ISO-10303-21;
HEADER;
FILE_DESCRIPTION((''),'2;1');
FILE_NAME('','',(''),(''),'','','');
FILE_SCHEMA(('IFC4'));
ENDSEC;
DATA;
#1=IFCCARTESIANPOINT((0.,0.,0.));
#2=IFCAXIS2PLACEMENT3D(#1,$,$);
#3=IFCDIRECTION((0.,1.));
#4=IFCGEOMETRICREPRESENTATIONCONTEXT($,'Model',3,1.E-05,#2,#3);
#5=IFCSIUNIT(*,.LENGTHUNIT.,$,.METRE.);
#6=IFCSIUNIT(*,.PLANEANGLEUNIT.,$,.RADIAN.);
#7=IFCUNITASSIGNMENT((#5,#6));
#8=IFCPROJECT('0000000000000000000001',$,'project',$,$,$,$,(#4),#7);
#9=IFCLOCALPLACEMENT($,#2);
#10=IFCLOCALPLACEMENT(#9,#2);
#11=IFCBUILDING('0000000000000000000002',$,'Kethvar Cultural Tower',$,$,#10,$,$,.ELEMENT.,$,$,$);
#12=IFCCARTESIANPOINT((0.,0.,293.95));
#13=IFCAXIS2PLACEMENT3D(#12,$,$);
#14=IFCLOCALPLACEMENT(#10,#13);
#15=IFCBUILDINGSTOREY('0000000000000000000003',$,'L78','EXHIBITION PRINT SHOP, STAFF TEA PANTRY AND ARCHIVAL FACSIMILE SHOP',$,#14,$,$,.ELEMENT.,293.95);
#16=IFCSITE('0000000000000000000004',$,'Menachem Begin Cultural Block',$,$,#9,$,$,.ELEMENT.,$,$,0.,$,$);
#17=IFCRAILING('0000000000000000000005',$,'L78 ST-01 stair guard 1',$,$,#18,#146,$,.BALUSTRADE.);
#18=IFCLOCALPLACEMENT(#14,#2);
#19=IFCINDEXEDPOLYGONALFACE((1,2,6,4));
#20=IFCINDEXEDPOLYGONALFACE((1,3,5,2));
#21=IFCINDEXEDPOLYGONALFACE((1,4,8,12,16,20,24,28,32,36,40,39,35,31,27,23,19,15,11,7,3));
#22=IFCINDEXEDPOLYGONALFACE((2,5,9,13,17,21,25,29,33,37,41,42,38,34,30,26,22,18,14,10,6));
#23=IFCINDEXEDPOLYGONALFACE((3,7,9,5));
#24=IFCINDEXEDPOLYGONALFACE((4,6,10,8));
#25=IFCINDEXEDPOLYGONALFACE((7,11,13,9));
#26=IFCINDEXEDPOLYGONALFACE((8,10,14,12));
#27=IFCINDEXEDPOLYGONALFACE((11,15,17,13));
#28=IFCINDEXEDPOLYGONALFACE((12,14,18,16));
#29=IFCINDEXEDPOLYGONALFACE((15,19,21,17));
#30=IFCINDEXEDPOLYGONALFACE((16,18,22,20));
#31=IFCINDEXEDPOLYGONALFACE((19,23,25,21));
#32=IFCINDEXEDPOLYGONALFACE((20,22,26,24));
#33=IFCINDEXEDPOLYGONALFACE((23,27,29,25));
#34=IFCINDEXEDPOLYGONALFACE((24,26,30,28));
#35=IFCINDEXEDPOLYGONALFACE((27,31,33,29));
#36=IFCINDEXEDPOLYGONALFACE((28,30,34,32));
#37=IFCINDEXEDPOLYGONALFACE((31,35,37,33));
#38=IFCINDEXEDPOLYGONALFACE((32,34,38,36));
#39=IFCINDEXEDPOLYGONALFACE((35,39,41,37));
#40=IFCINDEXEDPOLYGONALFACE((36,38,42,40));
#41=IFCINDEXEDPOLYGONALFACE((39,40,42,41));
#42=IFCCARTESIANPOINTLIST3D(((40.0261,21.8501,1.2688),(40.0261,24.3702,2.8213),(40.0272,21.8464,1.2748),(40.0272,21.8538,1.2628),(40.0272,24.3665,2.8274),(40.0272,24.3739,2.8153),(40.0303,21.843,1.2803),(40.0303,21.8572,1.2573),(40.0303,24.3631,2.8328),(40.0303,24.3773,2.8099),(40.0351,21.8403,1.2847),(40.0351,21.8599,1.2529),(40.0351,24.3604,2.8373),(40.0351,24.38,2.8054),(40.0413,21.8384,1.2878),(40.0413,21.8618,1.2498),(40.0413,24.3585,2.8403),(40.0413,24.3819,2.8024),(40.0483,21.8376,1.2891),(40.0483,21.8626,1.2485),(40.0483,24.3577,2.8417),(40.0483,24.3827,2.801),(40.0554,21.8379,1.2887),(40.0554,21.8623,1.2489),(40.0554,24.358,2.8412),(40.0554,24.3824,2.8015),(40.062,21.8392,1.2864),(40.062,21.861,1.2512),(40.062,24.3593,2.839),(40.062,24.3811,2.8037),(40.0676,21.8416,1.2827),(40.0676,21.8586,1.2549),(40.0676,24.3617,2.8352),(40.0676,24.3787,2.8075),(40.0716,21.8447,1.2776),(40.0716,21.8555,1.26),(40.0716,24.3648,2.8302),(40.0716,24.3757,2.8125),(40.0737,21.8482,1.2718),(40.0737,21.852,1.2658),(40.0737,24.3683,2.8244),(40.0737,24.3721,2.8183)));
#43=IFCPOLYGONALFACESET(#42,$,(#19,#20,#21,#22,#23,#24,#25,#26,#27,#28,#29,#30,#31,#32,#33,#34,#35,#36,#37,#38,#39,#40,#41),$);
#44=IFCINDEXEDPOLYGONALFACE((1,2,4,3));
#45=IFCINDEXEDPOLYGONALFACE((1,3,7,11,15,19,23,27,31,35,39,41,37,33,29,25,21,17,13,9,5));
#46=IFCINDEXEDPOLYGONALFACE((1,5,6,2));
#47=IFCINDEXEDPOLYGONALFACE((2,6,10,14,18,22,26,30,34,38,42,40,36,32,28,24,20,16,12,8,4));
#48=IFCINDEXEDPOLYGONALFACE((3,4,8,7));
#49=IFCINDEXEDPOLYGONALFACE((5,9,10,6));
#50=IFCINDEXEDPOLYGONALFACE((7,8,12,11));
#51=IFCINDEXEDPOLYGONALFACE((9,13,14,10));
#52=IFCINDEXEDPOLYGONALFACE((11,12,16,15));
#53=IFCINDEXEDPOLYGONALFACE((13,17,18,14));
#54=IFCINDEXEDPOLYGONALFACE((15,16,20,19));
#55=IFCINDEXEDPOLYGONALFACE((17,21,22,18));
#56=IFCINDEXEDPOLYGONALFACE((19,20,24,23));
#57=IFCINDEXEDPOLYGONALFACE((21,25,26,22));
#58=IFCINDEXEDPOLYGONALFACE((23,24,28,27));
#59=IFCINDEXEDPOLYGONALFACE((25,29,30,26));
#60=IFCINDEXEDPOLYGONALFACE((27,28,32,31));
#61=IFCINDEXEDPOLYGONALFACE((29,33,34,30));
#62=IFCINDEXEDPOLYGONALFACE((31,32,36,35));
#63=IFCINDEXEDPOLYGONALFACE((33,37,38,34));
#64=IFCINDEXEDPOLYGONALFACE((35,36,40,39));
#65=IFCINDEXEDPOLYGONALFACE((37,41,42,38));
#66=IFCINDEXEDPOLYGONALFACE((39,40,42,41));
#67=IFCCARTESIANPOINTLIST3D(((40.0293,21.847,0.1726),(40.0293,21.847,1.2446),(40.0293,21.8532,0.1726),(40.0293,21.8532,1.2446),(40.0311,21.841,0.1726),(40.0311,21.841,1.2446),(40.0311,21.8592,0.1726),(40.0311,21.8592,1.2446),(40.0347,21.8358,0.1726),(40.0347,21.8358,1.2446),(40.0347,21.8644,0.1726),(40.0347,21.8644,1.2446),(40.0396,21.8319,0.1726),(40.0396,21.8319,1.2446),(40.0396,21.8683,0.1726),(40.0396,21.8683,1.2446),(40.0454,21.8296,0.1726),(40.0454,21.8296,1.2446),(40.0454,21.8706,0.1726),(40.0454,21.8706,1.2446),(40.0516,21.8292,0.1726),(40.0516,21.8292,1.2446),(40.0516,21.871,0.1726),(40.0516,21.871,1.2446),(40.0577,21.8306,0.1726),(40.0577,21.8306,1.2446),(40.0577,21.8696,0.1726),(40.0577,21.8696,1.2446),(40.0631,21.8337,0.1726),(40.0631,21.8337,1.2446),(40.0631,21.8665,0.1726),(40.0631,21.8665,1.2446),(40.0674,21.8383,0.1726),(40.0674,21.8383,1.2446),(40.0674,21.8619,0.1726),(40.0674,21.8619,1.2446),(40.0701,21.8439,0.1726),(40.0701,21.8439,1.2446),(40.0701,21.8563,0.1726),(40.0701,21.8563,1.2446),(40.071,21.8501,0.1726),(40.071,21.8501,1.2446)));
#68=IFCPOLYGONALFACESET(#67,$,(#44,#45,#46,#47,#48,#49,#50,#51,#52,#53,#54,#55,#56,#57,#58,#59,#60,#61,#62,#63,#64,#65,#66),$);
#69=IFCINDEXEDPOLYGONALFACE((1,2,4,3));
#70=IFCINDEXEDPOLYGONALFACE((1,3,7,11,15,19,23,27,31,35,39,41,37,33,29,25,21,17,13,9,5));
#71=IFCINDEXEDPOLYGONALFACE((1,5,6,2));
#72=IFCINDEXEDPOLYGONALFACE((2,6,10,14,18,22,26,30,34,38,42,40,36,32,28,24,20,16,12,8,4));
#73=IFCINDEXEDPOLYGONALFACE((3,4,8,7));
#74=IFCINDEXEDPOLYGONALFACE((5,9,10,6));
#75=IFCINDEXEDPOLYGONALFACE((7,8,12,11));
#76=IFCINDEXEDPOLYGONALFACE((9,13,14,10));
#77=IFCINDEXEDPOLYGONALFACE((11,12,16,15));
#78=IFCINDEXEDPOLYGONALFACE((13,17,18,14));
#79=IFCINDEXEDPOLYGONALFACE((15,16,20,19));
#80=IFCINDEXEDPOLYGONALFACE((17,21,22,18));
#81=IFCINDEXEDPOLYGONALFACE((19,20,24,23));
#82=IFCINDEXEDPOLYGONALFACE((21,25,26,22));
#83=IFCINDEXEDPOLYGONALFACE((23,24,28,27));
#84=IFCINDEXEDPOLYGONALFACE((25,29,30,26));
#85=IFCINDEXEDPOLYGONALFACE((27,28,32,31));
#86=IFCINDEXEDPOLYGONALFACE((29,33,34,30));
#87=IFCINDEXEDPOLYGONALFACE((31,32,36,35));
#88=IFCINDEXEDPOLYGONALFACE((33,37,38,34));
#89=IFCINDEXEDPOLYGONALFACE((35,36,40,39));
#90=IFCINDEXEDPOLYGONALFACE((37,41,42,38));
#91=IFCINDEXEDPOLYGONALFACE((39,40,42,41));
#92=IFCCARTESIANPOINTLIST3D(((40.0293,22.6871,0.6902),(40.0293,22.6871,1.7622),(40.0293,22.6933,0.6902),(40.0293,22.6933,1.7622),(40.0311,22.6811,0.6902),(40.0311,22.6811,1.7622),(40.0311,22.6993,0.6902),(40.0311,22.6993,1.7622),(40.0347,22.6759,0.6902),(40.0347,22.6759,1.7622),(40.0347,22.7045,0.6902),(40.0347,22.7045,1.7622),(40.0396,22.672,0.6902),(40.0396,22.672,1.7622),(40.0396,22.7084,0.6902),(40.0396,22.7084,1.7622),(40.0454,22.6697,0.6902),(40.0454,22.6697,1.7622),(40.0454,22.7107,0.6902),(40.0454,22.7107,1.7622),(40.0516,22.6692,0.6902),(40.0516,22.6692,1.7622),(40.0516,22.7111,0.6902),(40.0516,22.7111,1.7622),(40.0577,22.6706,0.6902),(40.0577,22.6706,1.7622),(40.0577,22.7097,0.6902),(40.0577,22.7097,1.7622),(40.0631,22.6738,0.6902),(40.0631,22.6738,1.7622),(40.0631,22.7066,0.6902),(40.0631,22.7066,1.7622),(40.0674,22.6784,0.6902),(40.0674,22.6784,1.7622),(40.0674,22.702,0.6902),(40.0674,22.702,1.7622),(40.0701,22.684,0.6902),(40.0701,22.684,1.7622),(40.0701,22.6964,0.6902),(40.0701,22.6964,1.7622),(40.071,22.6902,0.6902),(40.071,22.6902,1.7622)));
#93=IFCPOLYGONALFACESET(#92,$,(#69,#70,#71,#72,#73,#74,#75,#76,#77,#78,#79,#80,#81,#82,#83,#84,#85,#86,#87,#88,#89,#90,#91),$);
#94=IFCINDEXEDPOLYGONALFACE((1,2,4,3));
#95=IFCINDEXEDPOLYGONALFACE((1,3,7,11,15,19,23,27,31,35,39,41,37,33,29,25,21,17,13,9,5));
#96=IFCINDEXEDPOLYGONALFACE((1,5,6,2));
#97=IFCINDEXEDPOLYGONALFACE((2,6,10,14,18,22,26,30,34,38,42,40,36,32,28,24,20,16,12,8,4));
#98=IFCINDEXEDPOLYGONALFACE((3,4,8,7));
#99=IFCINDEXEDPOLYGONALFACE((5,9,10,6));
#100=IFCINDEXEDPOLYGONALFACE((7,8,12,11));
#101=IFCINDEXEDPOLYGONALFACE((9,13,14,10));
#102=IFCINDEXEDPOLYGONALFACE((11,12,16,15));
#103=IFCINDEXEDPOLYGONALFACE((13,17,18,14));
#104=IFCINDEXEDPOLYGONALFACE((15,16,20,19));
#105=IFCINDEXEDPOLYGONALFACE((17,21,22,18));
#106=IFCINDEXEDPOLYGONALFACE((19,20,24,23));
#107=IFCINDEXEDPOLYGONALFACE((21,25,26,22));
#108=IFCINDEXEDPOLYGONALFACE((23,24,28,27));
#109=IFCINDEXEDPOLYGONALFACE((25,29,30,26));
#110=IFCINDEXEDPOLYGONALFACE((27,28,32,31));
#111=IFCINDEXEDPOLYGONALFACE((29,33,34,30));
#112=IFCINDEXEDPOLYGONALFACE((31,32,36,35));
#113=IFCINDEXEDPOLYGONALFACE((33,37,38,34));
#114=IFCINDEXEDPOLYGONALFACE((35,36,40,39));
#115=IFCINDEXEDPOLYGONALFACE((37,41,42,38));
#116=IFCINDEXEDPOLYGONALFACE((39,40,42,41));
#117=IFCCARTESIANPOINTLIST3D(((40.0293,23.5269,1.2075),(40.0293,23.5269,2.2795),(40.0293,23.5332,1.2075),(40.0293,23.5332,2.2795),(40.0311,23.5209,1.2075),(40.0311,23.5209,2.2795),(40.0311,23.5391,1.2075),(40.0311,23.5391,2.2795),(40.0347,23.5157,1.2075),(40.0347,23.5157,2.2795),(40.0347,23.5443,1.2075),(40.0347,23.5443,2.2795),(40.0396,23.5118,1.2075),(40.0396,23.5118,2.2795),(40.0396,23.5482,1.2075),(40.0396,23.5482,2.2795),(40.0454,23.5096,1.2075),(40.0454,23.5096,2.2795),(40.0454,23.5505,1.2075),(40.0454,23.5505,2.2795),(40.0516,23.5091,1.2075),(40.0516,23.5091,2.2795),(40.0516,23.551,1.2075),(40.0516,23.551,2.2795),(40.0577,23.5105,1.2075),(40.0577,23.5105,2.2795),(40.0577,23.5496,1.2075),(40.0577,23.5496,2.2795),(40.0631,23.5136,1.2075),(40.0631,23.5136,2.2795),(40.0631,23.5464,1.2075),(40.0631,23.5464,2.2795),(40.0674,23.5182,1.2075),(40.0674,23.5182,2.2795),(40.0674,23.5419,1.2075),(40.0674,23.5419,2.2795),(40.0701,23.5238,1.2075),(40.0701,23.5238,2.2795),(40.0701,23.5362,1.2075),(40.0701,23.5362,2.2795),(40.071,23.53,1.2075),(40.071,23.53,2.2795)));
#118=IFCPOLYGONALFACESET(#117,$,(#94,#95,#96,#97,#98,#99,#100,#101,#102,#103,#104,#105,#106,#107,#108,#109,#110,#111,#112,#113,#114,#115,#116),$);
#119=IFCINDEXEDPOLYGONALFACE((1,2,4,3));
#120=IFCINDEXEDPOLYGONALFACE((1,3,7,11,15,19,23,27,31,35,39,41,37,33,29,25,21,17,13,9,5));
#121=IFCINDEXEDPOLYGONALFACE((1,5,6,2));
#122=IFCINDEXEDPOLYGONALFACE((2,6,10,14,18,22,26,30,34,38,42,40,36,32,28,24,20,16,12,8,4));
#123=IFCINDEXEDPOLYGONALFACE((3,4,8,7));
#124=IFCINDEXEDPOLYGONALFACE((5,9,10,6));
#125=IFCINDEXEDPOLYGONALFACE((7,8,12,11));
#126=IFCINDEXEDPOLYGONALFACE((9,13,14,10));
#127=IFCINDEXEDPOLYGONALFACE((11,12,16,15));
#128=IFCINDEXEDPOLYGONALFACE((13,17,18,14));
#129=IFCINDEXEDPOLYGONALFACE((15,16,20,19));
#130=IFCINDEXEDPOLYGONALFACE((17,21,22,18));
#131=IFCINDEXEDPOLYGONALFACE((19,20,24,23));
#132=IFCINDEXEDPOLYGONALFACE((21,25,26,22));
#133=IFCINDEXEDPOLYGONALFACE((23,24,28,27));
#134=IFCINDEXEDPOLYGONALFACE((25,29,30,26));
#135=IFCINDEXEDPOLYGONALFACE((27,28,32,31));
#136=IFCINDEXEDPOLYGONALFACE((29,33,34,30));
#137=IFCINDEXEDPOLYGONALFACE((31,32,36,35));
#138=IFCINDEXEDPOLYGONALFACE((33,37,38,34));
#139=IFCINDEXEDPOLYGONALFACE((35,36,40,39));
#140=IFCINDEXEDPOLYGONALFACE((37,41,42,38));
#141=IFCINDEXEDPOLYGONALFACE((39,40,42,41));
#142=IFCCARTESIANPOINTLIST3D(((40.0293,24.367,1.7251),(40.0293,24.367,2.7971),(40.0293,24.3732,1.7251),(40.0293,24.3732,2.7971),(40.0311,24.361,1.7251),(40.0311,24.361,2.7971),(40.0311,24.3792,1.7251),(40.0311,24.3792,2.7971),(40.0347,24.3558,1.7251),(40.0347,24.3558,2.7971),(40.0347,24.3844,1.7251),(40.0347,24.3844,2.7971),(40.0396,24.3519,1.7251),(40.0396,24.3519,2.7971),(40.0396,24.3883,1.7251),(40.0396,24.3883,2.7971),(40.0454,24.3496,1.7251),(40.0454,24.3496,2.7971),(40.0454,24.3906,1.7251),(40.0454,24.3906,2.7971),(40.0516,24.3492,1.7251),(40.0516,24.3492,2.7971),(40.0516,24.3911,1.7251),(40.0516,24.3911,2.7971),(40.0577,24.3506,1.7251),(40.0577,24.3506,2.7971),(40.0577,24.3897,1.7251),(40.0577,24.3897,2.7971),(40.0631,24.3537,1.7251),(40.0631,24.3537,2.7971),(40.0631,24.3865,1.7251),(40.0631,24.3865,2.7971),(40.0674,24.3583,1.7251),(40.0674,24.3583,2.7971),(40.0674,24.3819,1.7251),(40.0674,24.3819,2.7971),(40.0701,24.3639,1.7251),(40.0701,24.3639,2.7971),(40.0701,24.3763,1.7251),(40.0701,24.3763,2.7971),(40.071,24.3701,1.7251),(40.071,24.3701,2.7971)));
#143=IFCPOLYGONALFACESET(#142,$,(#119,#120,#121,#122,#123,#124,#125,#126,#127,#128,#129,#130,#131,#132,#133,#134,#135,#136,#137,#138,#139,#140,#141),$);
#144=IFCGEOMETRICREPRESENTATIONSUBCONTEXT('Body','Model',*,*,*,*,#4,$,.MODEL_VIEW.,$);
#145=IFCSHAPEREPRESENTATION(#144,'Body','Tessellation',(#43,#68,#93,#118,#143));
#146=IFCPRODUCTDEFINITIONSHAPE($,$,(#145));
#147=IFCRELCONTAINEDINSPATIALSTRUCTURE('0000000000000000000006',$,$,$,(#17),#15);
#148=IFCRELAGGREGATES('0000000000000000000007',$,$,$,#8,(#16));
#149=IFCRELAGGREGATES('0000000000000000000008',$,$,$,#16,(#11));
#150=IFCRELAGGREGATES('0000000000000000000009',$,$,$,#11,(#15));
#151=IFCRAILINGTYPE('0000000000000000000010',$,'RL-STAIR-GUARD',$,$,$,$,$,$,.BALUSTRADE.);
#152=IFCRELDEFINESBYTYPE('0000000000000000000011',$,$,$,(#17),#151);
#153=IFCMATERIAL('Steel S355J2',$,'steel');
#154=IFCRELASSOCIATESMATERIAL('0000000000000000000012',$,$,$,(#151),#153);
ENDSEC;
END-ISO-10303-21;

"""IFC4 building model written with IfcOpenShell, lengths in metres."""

from ifc_helpers import new_model, si_unit, direction, frame, origin, origin_2d, place, context, subcontext, project, spatial, circle, extrude, material, type_object, element, save


model = new_model("IFC4")

# Units and contexts
model_context = context("Model", 3, precision=1e-05, world=origin(), true_north=direction((0.0, 1.0)))
body_context = subcontext(model_context, "Body", "Model", "MODEL_VIEW")
ifc_project = project(units=[si_unit("LENGTHUNIT", "METRE"), si_unit("PLANEANGLEUNIT", "RADIAN")], contexts=[model_context])

# Site, building, storey
site_placement = place(None, origin())
site = spatial("IfcSite", under=ifc_project, at=site_placement, Name="Menachem Begin Cultural Block", CompositionType="ELEMENT", RefElevation=0.0)
building_placement = place(site_placement, origin())
building = spatial("IfcBuilding", under=site, at=building_placement, Name="Kethvar Cultural Tower", CompositionType="ELEMENT")
storey_placement = place(building_placement, frame((0.0, 0.0, 293.95)))
storey = spatial("IfcBuildingStorey", under=building, at=storey_placement, Name="L78", Description="EXHIBITION PRINT SHOP, STAFF TEA PANTRY AND ARCHIVAL FACSIMILE SHOP", CompositionType="ELEMENT", Elevation=293.95)

# Shared definitions
ifc_material_1 = material(Name="Steel S355J2", Category="steel")

# Railing
railing_type_1 = type_object("IfcRailingType", Name="RL-STAIR-GUARD", PredefinedType="BALUSTRADE", material=ifc_material_1)
railing_1_placement = place(storey_placement, frame((40.05, 21.8501, 0.1726)))
element("IfcRailing", 1, at=railing_1_placement, inside=storey, type_object=railing_type_1, Name="L78 ST-01 stair guard 1", PredefinedType="BALUSTRADE", context=body_context, shape_type="SweptSolid", body=[
    extrude(circle(Radius=0.0239, at=origin_2d()), frame((0.0, 0.0, 1.0962), z_axis=(0.0, 0.8514, 0.524516), x_axis=(-1.0, 0.0, 0.0)), (0.0, 0.0, 1.0), 2.96),
    extrude(circle(Radius=0.021, at=origin_2d()), origin(), (0.0, 0.0, 1.0), 1.072),
    extrude(circle(Radius=0.021, at=origin_2d()), frame((0.0, 0.8401, 0.5176)), (0.0, 0.0, 1.0), 1.072),
    extrude(circle(Radius=0.021, at=origin_2d()), frame((0.0, 1.6799, 1.0349)), (0.0, 0.0, 1.0), 1.072),
    extrude(circle(Radius=0.021, at=origin_2d()), frame((0.0, 2.52, 1.5525)), (0.0, 0.0, 1.0), 1.072),
])

save(model, "model.ifc")
